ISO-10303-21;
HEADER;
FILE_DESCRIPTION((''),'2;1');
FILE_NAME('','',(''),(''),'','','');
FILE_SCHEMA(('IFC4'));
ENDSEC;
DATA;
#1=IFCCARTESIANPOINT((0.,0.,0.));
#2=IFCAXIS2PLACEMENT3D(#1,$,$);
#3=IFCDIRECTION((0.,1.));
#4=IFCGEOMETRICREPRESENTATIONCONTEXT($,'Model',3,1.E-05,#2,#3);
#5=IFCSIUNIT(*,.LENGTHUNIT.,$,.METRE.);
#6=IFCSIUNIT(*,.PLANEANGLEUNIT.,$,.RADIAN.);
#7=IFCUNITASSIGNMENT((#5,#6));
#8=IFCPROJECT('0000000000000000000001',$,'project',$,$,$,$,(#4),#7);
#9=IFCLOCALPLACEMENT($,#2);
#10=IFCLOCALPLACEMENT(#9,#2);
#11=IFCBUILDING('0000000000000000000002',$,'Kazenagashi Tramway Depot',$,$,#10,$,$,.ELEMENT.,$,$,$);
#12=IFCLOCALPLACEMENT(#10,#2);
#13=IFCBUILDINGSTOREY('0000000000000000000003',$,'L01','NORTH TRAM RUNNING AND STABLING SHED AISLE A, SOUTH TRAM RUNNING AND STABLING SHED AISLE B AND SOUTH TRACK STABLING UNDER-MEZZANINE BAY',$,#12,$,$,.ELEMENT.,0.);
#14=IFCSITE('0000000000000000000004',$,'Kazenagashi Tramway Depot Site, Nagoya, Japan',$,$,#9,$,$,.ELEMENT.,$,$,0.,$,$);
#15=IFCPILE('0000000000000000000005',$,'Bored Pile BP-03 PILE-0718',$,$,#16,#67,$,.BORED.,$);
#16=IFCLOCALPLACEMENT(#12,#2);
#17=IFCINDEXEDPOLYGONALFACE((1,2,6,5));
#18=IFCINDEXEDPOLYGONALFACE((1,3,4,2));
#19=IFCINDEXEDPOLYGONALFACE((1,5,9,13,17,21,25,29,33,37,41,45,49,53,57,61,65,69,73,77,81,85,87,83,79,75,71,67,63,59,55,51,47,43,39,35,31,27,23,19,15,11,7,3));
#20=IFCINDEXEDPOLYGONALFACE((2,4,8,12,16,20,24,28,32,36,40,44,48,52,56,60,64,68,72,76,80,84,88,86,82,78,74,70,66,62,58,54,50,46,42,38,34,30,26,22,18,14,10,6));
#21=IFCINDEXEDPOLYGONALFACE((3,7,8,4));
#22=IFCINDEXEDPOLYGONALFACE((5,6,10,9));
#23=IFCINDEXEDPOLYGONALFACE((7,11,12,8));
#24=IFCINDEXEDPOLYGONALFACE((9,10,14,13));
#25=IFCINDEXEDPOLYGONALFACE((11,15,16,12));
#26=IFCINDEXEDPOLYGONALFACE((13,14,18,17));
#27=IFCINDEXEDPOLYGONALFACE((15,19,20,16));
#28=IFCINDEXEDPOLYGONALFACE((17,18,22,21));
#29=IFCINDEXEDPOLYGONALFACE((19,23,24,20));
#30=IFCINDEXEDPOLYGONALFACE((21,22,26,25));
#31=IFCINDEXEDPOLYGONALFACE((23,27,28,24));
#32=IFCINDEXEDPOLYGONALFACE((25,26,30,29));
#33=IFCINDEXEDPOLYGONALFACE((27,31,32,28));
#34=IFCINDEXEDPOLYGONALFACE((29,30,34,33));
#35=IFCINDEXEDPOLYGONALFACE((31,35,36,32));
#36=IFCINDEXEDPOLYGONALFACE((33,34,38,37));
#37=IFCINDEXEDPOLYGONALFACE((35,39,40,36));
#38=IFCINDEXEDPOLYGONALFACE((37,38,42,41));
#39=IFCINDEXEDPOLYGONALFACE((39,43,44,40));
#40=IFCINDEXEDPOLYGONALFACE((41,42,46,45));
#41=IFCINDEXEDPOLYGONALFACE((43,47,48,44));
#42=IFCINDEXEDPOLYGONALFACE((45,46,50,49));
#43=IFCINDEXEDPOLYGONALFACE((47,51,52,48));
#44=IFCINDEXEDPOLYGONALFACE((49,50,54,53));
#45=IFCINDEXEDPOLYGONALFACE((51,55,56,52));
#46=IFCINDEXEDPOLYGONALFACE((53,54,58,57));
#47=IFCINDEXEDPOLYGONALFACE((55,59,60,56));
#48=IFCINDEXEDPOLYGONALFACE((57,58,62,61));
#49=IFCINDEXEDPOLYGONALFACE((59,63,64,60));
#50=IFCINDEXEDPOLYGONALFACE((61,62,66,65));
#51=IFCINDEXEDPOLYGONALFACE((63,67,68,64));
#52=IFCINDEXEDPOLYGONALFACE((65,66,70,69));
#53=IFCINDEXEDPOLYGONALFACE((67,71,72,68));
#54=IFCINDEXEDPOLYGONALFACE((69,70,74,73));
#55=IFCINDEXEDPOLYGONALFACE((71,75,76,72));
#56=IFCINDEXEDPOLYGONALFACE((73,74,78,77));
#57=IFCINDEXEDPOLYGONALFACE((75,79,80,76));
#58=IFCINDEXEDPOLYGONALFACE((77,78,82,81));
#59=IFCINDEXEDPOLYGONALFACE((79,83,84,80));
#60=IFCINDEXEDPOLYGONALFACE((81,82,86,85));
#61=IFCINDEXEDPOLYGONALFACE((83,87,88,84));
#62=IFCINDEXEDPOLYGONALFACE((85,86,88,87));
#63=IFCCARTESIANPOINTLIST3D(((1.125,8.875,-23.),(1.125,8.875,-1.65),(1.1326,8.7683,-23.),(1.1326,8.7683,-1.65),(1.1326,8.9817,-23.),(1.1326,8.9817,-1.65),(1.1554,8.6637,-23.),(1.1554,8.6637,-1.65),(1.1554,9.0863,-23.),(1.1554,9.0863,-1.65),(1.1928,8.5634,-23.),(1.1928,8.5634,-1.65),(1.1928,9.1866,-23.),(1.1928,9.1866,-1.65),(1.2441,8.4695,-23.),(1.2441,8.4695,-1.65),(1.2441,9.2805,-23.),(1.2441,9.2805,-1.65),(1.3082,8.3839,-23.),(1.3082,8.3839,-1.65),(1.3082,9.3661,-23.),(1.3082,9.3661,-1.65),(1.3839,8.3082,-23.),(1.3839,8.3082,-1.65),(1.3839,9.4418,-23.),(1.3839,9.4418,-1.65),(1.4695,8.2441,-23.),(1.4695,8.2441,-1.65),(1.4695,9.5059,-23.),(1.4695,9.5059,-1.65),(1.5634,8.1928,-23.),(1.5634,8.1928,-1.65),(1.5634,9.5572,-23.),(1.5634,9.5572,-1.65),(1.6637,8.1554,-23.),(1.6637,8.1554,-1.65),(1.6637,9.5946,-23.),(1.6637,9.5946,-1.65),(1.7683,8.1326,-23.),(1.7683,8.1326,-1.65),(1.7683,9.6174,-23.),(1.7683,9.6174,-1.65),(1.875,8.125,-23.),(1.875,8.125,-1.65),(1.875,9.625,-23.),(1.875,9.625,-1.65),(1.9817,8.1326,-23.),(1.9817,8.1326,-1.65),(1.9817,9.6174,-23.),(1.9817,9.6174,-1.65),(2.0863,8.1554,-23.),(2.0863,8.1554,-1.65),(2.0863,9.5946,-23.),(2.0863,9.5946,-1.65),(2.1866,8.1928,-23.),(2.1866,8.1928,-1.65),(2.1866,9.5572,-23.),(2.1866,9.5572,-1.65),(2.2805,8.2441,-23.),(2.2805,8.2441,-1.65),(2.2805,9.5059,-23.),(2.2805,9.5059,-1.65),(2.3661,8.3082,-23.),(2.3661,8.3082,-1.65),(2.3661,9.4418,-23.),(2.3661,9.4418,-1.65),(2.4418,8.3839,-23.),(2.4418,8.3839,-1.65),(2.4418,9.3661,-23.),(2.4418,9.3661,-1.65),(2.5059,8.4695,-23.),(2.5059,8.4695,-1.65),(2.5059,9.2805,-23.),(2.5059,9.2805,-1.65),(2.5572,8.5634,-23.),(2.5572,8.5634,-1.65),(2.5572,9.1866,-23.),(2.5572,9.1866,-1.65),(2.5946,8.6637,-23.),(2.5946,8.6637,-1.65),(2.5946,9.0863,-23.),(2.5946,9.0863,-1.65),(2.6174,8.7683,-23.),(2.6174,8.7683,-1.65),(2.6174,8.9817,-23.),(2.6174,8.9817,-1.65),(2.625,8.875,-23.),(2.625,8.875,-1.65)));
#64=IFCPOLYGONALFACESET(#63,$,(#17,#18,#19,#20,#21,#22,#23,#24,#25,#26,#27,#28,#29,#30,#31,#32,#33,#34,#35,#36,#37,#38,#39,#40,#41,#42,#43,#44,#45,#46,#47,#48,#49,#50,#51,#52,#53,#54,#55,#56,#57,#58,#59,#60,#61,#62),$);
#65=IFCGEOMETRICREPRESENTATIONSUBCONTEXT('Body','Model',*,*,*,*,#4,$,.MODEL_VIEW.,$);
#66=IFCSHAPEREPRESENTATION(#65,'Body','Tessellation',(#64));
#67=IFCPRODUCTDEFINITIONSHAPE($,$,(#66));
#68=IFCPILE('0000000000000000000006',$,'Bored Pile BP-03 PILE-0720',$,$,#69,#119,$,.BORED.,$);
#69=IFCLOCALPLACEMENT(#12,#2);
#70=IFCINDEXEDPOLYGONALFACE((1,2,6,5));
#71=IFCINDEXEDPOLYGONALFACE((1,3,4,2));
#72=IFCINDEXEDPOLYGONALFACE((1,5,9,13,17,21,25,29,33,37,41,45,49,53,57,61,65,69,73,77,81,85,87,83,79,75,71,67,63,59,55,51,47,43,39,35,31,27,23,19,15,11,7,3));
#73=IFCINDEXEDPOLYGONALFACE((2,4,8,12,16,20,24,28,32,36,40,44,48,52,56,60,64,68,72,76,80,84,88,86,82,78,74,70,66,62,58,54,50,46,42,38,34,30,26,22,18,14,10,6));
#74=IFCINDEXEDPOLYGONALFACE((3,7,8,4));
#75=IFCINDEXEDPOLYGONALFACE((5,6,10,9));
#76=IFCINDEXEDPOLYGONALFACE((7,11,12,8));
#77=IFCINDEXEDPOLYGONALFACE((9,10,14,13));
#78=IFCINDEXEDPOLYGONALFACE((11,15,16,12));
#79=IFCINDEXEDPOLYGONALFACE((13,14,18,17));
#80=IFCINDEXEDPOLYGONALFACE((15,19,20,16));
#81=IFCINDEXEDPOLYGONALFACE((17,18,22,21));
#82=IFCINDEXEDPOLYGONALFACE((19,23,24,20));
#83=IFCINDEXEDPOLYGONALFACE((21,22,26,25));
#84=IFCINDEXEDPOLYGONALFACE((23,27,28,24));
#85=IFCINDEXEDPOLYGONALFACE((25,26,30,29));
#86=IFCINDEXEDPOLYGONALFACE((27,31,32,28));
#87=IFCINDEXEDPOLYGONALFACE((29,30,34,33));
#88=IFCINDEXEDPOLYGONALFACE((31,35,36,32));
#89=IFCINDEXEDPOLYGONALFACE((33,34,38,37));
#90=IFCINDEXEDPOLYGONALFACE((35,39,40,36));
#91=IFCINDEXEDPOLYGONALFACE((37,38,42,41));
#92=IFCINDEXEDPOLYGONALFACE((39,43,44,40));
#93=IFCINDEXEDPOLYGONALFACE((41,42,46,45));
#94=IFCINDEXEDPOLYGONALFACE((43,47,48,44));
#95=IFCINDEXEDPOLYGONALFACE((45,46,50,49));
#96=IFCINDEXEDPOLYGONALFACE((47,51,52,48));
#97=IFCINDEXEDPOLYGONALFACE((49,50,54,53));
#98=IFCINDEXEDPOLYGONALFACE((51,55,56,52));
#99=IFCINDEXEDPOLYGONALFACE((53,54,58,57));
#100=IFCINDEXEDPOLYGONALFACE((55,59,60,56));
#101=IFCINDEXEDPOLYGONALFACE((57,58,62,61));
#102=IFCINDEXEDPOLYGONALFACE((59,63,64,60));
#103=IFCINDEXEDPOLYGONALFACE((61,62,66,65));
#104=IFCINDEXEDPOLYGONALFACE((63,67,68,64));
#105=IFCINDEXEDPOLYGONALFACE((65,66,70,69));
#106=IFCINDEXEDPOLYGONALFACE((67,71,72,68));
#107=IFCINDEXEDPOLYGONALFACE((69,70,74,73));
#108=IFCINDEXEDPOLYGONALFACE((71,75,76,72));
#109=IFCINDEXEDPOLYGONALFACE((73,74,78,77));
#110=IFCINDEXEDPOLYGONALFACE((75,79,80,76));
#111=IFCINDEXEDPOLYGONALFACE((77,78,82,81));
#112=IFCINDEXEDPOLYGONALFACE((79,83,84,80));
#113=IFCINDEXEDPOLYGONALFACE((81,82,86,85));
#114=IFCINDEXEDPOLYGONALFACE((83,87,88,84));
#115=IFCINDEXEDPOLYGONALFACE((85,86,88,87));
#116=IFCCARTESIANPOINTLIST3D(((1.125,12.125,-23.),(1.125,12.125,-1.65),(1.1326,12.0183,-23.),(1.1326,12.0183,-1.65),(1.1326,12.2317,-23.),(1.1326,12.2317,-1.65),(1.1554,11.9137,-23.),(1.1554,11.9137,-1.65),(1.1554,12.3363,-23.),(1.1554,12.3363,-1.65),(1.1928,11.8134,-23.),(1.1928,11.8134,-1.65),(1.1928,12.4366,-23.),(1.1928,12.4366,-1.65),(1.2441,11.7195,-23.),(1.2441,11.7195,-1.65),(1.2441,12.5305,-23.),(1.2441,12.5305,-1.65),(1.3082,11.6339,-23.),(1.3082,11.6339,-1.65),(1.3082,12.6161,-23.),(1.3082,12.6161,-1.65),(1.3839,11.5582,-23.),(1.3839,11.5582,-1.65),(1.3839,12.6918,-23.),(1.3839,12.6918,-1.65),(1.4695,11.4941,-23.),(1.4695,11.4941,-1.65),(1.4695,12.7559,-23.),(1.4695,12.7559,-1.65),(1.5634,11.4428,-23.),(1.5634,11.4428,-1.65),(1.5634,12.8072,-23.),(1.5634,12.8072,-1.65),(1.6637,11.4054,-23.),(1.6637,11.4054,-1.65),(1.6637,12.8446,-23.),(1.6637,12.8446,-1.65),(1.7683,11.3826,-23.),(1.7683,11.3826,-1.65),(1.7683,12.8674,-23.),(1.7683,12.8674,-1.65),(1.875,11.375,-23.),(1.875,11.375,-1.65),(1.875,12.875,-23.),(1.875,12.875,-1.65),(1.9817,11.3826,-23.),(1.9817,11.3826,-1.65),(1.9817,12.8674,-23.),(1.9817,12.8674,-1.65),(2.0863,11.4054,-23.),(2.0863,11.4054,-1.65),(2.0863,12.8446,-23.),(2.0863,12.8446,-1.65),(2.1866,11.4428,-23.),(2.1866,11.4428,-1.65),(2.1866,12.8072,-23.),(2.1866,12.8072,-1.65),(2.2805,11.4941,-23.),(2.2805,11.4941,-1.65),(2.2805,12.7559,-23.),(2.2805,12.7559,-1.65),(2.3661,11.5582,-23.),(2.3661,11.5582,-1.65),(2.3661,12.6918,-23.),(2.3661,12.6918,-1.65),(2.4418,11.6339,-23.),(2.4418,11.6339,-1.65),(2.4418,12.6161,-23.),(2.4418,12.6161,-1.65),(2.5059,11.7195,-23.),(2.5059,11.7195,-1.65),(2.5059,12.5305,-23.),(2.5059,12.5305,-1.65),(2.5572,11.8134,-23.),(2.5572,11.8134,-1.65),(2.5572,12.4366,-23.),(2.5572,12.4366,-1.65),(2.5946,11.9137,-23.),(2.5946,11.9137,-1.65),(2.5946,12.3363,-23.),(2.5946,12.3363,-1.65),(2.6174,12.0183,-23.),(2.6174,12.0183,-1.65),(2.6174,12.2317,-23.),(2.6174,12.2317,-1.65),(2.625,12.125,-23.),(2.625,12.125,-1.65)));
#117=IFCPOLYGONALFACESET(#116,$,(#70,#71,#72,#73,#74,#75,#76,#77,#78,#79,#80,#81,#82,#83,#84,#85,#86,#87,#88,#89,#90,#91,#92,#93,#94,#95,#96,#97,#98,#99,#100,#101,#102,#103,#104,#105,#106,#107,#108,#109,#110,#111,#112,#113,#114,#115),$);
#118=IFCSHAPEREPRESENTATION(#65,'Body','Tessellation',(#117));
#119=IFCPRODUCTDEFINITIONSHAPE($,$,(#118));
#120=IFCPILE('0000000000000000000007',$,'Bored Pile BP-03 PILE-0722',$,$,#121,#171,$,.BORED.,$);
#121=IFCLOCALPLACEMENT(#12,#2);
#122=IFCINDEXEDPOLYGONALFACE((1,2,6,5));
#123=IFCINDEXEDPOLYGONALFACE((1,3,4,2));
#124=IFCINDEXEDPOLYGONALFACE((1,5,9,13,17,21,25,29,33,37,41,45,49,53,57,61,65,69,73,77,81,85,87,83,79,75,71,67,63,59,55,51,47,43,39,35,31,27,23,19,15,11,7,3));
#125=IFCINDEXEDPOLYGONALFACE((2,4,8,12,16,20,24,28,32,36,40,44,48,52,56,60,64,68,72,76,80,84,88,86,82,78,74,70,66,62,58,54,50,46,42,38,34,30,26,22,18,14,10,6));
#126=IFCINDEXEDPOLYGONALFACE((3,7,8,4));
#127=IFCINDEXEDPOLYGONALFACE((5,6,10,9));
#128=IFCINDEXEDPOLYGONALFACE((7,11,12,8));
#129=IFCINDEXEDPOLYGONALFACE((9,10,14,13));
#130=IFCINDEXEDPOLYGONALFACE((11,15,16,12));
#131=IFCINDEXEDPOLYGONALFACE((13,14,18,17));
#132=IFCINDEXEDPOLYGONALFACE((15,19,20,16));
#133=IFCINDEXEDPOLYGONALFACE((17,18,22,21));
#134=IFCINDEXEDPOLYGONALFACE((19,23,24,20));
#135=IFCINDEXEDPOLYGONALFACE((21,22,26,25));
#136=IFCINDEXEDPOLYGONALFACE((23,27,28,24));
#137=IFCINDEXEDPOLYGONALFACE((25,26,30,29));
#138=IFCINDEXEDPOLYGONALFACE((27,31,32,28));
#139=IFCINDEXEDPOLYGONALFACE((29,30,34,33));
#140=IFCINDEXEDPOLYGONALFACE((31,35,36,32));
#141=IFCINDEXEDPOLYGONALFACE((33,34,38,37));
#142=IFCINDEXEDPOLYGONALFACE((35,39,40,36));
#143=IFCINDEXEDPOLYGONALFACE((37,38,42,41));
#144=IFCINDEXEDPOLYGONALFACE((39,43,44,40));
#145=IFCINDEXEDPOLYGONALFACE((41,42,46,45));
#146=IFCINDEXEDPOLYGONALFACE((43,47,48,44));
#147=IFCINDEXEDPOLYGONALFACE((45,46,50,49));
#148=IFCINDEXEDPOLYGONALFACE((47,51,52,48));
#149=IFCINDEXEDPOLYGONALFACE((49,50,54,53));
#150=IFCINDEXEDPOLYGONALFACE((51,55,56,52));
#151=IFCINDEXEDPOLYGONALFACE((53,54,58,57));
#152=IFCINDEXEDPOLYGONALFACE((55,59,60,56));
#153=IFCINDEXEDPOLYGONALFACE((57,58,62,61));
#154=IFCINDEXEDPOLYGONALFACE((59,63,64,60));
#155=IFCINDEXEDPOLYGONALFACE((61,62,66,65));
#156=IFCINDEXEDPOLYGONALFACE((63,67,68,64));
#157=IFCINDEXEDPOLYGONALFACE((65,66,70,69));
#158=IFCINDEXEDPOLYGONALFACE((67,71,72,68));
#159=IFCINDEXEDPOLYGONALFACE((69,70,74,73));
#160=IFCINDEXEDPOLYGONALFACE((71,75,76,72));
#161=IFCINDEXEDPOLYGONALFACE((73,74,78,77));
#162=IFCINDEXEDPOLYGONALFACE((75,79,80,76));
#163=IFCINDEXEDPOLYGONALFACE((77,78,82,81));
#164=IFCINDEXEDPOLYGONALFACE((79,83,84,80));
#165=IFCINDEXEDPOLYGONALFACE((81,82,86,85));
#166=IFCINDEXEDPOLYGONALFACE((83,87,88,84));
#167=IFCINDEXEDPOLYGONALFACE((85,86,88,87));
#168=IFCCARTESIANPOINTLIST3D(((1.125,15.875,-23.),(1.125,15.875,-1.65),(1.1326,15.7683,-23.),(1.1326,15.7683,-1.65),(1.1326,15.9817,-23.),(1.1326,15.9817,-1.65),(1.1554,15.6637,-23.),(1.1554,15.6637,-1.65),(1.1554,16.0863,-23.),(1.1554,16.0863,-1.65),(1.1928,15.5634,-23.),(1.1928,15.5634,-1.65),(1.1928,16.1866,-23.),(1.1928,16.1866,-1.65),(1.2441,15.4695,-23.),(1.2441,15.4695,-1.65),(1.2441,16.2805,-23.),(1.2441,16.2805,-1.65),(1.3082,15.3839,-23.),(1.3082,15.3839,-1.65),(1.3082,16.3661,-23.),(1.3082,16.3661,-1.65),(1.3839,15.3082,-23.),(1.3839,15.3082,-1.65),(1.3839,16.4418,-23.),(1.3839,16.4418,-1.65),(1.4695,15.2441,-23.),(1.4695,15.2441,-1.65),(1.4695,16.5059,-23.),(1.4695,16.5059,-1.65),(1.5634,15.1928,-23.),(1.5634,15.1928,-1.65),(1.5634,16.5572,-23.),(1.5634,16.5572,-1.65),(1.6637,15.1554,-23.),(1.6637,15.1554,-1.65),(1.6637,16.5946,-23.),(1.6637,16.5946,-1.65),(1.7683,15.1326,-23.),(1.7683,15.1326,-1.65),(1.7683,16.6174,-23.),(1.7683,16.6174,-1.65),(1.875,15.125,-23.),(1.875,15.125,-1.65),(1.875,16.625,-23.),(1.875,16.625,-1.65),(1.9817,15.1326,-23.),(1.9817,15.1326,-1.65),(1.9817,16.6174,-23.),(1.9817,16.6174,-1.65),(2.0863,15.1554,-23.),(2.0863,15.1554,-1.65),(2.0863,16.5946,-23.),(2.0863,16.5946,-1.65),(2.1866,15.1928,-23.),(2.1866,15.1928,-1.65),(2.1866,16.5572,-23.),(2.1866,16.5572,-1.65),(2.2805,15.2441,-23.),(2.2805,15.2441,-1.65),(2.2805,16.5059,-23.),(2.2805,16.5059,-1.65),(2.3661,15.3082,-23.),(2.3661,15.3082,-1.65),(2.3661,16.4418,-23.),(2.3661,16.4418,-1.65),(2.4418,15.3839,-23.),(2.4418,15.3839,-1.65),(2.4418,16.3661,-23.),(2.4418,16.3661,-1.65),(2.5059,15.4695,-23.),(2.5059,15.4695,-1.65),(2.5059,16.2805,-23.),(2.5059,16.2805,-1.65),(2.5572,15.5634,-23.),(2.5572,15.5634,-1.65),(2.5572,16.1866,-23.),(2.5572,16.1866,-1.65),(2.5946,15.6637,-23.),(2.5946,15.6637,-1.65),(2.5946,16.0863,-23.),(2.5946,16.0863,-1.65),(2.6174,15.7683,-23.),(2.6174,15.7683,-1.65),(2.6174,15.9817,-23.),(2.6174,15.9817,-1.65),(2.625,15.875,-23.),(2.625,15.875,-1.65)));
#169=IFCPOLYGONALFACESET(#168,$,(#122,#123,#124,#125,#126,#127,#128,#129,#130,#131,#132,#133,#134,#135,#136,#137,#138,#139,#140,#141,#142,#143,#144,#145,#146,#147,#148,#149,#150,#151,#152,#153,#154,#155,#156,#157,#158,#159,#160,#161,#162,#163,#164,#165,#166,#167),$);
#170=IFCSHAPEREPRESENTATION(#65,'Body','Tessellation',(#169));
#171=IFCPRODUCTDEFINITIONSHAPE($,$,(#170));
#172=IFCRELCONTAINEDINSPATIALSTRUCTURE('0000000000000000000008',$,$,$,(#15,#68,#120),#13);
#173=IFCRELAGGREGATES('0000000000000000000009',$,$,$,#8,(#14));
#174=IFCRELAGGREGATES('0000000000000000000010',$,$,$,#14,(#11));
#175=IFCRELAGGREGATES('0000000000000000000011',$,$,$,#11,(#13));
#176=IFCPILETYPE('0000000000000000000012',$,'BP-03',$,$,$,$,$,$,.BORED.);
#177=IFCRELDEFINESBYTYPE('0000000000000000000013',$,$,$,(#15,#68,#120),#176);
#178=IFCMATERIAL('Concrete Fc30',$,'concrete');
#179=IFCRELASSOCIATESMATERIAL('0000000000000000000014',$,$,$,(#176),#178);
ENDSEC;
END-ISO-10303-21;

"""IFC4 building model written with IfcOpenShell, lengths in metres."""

from ifc_helpers import new_model, si_unit, direction, frame, origin, origin_2d, place, context, subcontext, project, spatial, circle, extrude, material, material_profile, profile_set, type_object, element, save


model = new_model("IFC4")

# Units and contexts
model_context = context("Model", 3, precision=1e-05, world=origin(), true_north=direction((0.0, 1.0)))
body_context = subcontext(model_context, "Body", "Model", "MODEL_VIEW")
ifc_project = project(units=[si_unit("LENGTHUNIT", "METRE"), si_unit("PLANEANGLEUNIT", "RADIAN")], contexts=[model_context])

# Site, building, storey
site_placement = place(None, origin())
site = spatial("IfcSite", under=ifc_project, at=site_placement, Name="Kazenagashi Tramway Depot Site, Nagoya, Japan", CompositionType="ELEMENT", RefElevation=0.0)
building_placement = place(site_placement, origin())
building = spatial("IfcBuilding", under=site, at=building_placement, Name="Kazenagashi Tramway Depot", CompositionType="ELEMENT")
storey_placement = place(building_placement, origin())
storey = spatial("IfcBuildingStorey", under=building, at=storey_placement, Name="L01", Description="NORTH TRAM RUNNING AND STABLING SHED AISLE A, SOUTH TRAM RUNNING AND STABLING SHED AISLE B AND SOUTH TRACK STABLING UNDER-MEZZANINE BAY", CompositionType="ELEMENT", Elevation=0.0)

# Piles
ifc_material_1 = material(Name="Concrete Fc30", Category="concrete")
ifc_material_profile_1 = material_profile(ifc_material_1, circle(Radius=0.75, at=origin_2d()), Name="PILE-1500")
ifc_profile_set_1 = profile_set([ifc_material_profile_1], Name="Concrete Fc30")
pile_type = type_object("IfcPileType", Name="BP-03", PredefinedType="BORED", material=ifc_profile_set_1)
for number, where, z_axis, x_axis, name in (
    (1, (1.875, 8.875, -1.65), (0.0, 0.0, -1.0), (1.0, 0.0, 0.0), "Bored Pile BP-03 PILE-0718"),
    (2, (1.875, 12.125, -1.65), (0.0, 0.0, -1.0), (1.0, 0.0, 0.0), "Bored Pile BP-03 PILE-0720"),
    (3, (1.875, 15.875, -1.65), (0.0, 0.0, -1.0), (1.0, 0.0, 0.0), "Bored Pile BP-03 PILE-0722"),
):
    element("IfcPile", number, at=place(storey_placement, frame(where, z_axis=z_axis, x_axis=x_axis)), inside=storey, type_object=pile_type, Name=name, PredefinedType="BORED", context=body_context, shape_type="SweptSolid", body=[
        extrude(circle(Radius=0.75, at=origin_2d()), origin(), (0.0, 0.0, 1.0), 21.35),
    ])

save(model, "model.ifc")
